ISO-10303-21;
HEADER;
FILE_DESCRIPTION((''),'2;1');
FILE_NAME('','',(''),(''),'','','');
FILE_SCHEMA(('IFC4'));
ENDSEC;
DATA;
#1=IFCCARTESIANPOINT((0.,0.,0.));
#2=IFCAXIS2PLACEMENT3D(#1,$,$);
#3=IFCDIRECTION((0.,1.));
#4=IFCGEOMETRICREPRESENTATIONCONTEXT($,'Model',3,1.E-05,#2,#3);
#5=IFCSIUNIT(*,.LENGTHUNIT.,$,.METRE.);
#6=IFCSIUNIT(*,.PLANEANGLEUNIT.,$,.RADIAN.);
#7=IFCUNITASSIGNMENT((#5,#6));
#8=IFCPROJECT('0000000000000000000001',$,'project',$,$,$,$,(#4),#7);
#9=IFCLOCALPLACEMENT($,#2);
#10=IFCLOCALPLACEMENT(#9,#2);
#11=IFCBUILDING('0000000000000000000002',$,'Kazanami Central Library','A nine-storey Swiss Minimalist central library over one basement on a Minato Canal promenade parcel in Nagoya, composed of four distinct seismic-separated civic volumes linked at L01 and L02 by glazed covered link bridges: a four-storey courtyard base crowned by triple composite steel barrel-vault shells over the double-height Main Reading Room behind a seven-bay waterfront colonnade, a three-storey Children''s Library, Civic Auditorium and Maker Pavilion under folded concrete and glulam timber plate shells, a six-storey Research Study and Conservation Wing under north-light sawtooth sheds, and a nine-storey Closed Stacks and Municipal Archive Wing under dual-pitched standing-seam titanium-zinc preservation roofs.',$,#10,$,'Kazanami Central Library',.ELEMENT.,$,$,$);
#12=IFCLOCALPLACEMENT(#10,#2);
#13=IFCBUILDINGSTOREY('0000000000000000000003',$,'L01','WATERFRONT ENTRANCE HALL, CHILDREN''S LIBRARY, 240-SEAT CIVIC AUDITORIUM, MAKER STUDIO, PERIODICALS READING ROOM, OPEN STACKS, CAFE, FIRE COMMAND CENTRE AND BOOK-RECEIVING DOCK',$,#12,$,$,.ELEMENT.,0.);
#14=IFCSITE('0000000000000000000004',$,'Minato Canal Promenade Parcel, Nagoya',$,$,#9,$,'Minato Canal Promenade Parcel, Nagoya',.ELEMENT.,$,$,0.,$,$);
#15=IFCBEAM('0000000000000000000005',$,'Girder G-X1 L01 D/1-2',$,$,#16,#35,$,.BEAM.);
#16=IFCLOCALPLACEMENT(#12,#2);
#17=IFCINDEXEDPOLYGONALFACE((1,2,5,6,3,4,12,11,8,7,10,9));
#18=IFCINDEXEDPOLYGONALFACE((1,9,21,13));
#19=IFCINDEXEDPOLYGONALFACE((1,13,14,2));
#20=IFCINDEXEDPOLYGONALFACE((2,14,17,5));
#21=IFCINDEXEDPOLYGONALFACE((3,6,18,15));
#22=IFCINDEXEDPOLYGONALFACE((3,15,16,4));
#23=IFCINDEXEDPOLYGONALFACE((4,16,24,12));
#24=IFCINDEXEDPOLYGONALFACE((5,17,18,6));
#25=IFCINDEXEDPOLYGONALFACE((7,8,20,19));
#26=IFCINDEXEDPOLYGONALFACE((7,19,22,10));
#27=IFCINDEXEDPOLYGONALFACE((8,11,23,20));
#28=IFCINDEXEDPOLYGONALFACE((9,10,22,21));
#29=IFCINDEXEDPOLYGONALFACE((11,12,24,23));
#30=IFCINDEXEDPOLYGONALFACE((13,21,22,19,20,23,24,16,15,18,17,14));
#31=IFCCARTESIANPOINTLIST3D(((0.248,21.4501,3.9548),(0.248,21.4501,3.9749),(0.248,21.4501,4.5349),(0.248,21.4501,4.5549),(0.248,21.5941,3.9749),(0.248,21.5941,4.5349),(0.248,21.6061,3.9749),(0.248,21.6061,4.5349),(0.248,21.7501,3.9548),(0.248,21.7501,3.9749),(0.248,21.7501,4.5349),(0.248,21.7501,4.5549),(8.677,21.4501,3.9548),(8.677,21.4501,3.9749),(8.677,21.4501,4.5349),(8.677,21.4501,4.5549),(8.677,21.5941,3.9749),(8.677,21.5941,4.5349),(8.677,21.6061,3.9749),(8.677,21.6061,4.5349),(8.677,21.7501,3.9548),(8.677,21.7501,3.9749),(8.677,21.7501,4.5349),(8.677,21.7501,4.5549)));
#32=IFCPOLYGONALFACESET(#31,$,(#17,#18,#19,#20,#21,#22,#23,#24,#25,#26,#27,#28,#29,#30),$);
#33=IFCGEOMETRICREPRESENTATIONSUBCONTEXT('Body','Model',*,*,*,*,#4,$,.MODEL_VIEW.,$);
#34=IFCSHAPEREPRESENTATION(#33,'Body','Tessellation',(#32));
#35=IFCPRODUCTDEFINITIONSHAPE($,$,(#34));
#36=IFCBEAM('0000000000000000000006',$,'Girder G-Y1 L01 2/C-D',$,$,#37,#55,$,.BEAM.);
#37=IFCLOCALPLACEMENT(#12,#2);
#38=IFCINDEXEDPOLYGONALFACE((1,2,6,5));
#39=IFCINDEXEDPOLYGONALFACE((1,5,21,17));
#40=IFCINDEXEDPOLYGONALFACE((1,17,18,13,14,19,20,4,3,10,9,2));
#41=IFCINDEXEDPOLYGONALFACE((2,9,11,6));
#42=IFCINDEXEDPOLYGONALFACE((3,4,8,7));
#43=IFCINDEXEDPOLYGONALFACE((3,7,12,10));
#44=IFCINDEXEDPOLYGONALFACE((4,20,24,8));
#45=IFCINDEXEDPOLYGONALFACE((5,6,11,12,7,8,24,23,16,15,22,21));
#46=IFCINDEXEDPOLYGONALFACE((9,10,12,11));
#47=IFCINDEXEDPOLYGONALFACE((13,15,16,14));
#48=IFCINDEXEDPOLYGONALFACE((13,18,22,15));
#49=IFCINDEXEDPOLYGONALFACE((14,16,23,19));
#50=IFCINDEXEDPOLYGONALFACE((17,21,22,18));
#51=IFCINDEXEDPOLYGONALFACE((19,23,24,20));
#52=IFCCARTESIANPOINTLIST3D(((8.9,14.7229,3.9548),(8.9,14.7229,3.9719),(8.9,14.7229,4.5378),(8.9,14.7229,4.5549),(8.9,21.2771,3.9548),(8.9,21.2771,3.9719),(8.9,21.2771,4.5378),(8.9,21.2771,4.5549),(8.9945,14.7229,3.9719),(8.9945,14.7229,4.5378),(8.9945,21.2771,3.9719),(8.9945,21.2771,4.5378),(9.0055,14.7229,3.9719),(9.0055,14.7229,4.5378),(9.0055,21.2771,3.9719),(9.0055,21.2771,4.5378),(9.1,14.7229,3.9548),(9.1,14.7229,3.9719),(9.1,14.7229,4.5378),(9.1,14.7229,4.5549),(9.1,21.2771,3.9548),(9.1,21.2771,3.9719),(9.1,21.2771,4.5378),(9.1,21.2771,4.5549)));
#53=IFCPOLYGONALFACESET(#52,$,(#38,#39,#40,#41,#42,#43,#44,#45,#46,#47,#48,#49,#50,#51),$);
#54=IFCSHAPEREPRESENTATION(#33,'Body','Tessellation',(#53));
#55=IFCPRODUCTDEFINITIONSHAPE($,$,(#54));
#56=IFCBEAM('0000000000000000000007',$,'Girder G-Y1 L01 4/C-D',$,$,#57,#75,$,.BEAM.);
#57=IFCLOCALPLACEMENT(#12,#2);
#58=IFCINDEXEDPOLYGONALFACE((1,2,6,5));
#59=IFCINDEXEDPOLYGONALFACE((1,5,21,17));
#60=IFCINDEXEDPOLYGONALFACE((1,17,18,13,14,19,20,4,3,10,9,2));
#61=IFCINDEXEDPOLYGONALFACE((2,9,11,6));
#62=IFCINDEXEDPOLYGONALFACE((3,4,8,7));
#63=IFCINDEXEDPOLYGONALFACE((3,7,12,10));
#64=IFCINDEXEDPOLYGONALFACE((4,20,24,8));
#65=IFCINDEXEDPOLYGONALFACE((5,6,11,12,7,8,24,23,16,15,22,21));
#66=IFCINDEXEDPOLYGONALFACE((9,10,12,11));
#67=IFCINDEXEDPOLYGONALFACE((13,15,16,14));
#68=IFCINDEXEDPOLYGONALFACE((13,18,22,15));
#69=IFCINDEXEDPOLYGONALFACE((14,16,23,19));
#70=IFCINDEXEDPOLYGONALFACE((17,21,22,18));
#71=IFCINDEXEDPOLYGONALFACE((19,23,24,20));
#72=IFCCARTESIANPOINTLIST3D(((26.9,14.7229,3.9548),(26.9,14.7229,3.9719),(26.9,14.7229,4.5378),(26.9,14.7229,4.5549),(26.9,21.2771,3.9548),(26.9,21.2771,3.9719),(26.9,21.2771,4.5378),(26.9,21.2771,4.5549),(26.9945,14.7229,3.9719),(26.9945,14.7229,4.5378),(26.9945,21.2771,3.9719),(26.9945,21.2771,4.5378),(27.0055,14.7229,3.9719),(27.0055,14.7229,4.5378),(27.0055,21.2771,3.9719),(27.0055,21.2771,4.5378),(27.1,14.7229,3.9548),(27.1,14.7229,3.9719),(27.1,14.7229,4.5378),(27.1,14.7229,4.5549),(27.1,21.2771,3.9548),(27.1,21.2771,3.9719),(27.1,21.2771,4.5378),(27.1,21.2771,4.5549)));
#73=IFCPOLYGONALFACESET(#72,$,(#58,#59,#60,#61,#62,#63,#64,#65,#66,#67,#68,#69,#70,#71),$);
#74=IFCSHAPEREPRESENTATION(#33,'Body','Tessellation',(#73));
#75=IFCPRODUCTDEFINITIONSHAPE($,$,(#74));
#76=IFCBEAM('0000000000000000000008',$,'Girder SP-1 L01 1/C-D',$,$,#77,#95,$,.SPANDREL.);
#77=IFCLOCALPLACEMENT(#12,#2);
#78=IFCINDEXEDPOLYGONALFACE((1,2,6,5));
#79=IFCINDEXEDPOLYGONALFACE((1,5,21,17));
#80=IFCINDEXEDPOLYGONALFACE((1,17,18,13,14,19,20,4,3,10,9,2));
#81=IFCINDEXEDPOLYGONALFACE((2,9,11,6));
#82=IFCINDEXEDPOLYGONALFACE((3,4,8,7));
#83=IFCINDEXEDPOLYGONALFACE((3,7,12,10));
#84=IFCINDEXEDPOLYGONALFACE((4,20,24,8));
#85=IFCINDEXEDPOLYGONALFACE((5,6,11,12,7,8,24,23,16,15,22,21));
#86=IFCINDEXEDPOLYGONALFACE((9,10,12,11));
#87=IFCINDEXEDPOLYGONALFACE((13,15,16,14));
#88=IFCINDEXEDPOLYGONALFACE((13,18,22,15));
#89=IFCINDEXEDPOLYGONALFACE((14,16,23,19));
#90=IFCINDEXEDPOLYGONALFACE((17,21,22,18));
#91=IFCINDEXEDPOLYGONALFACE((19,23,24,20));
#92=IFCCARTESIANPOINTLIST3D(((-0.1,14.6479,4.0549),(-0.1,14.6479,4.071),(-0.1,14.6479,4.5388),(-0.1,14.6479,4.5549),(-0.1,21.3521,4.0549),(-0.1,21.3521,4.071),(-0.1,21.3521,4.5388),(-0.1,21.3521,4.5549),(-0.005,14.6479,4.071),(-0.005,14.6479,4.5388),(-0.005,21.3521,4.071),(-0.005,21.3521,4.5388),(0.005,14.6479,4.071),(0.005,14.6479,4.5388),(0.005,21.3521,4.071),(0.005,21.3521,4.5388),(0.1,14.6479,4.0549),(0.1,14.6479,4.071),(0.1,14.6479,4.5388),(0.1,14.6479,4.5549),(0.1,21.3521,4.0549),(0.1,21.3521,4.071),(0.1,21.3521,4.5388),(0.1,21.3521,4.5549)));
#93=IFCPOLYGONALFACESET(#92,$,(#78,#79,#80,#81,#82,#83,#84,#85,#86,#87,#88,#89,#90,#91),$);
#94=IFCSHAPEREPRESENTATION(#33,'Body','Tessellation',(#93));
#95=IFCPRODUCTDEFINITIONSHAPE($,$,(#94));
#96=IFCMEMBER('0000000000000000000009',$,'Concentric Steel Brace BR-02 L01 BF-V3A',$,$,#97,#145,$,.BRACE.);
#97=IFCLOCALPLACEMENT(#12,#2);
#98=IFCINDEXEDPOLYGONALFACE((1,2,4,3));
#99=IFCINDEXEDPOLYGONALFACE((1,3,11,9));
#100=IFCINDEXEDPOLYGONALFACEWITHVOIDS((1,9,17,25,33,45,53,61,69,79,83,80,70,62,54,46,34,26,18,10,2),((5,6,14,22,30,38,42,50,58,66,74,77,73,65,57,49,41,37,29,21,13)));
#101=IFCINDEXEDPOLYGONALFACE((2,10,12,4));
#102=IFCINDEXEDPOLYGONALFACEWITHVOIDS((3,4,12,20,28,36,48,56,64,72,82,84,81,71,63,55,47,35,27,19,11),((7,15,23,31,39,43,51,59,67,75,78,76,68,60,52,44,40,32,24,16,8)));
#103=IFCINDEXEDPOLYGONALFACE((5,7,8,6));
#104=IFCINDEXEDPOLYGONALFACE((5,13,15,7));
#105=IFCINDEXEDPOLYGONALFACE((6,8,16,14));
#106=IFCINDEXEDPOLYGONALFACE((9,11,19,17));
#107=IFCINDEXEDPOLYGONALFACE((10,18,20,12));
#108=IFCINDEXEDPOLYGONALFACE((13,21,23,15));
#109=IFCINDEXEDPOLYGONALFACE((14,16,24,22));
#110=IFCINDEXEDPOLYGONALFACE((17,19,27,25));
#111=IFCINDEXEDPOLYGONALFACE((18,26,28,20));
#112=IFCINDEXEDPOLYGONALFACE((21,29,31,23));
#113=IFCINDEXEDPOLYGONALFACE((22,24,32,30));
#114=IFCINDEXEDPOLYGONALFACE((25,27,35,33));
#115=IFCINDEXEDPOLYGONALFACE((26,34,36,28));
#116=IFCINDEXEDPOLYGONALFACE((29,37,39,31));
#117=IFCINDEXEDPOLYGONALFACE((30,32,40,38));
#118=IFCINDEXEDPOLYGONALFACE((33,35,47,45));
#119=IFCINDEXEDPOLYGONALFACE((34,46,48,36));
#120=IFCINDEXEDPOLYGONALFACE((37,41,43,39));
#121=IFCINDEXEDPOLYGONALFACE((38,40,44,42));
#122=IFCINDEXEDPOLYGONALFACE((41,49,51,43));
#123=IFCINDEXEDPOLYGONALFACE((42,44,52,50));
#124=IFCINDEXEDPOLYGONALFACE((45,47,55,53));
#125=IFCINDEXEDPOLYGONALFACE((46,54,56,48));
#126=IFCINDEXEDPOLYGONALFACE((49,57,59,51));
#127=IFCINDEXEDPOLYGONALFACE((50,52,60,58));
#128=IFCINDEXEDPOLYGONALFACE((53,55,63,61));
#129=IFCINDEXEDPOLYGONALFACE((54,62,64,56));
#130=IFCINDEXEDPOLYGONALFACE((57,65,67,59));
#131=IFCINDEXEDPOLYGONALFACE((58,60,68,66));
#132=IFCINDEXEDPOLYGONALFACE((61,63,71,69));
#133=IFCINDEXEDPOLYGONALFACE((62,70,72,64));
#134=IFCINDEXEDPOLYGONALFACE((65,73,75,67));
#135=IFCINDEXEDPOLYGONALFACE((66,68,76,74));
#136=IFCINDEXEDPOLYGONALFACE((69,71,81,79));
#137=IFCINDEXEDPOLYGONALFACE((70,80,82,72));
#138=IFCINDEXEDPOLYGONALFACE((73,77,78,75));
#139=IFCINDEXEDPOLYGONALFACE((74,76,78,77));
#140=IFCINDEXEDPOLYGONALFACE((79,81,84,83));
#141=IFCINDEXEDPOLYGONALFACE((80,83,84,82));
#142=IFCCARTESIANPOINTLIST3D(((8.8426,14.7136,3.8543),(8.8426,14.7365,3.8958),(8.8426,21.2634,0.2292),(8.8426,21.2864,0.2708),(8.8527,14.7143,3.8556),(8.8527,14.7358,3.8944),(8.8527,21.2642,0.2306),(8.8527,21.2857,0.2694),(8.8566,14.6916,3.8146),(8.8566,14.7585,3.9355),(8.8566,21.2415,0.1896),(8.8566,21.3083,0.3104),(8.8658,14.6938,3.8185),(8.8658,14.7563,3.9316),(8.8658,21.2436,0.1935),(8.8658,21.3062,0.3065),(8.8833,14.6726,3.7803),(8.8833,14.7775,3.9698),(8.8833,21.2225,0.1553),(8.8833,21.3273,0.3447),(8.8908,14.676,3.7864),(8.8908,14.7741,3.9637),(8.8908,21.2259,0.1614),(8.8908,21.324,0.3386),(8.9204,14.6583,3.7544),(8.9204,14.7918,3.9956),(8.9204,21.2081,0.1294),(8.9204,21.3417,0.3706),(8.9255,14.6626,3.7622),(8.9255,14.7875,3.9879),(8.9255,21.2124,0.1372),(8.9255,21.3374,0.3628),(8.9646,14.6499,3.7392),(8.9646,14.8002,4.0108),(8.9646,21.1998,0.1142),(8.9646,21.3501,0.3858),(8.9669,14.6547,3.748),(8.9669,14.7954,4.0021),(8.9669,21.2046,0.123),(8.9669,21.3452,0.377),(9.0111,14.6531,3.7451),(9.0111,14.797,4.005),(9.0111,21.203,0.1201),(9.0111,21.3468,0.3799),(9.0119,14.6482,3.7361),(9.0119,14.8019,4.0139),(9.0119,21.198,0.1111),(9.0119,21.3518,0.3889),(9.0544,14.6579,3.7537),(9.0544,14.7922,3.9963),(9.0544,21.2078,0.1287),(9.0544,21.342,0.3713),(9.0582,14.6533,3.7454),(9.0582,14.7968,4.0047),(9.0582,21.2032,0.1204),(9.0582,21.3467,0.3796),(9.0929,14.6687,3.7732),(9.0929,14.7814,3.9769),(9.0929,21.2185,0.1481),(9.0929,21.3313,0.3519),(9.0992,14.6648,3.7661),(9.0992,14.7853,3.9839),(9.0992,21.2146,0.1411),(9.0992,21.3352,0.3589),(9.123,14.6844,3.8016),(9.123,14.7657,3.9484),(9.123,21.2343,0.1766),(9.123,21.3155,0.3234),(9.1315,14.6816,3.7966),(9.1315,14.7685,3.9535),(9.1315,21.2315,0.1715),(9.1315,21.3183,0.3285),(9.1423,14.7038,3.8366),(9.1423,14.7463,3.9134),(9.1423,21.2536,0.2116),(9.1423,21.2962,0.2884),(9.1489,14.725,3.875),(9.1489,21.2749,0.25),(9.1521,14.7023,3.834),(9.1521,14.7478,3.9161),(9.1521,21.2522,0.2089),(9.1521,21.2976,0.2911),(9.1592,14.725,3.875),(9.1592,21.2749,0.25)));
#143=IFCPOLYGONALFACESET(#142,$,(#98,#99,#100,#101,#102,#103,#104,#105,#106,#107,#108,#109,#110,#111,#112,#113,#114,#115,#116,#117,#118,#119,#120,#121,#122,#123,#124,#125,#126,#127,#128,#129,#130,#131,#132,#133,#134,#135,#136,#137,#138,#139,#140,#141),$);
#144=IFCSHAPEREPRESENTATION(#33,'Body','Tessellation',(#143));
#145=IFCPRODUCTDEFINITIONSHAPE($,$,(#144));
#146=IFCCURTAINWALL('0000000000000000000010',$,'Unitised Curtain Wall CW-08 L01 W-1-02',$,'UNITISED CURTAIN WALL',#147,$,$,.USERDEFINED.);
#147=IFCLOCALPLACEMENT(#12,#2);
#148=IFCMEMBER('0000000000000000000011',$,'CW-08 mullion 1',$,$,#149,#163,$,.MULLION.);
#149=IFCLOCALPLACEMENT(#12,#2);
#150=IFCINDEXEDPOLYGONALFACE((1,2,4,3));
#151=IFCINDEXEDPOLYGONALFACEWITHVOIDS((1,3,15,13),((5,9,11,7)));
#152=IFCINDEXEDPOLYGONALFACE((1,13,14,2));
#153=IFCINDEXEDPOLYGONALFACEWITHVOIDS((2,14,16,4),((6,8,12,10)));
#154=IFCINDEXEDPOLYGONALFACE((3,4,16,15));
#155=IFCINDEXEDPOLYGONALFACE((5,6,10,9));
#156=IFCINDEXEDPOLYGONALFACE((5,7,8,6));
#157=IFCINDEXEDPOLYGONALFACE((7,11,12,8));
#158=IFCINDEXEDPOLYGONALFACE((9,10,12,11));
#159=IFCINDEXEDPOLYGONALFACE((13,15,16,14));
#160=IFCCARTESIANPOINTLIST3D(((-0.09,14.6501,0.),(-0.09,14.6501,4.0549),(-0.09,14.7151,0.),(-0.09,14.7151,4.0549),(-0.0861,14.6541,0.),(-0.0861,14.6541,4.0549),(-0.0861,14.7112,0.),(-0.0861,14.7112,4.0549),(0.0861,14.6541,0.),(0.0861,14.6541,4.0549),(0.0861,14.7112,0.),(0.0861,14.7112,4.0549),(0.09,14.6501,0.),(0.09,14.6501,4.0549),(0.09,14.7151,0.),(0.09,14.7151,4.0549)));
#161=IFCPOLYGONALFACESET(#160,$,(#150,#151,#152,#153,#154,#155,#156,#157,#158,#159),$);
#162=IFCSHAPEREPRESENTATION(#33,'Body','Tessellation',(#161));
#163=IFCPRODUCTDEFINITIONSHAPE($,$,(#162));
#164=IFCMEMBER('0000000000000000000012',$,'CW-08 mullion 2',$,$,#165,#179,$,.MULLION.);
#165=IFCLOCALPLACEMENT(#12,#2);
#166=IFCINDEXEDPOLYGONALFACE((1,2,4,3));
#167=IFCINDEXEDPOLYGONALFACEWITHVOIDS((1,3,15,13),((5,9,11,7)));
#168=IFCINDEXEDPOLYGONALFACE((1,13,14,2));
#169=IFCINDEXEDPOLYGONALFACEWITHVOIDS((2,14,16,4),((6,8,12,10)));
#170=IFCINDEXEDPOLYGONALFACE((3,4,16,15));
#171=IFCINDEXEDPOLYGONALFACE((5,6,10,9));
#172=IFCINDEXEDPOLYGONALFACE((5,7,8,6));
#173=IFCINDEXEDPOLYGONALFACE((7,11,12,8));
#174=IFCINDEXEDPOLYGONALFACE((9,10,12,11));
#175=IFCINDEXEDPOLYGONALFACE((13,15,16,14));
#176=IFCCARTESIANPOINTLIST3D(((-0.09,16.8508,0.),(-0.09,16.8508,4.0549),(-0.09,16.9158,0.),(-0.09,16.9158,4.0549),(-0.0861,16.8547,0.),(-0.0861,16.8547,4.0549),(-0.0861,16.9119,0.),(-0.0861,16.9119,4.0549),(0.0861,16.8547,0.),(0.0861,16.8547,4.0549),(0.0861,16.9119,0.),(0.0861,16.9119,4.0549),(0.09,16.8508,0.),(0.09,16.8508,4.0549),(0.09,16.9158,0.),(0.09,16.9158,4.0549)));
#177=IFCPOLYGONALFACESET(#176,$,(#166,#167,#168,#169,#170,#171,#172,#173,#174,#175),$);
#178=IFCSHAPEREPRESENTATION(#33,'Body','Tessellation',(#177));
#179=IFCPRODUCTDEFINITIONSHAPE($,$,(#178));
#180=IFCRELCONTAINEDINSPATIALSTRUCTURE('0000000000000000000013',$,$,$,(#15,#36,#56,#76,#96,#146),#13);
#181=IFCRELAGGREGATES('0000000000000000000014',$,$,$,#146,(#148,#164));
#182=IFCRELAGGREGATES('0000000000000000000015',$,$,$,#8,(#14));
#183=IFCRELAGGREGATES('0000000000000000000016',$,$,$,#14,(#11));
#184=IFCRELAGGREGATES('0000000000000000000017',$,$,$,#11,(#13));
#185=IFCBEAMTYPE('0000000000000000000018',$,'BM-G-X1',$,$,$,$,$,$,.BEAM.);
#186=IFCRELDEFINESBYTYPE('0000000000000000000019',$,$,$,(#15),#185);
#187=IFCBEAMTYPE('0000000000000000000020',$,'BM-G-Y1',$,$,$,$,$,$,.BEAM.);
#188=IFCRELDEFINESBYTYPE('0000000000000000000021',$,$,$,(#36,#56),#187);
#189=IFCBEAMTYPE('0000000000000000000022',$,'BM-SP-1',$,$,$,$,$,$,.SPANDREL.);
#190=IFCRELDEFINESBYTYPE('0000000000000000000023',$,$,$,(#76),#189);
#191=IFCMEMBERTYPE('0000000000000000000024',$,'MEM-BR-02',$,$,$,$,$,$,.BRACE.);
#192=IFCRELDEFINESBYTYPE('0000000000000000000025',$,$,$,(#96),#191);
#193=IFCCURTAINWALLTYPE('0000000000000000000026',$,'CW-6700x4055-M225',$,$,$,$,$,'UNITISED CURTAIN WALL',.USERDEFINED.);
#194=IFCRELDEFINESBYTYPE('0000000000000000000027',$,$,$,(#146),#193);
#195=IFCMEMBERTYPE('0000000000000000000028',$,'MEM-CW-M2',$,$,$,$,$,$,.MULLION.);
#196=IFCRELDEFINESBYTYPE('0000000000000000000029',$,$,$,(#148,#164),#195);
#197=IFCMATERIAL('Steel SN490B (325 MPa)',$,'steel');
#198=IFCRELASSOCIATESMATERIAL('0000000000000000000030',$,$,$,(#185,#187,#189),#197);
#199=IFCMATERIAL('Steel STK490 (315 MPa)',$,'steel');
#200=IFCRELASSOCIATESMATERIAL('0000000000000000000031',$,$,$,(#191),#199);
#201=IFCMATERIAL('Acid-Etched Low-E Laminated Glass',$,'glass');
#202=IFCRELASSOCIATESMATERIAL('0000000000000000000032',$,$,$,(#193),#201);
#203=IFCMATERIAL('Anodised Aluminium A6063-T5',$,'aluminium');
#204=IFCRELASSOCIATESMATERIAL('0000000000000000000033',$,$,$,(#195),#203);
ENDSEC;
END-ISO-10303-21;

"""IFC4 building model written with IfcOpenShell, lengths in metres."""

from ifc_helpers import new_model, si_unit, direction, frame, origin, origin_2d, place, context, subcontext, project, spatial, hollow_rectangle, hollow_circle, i_section, extrude, material, material_profile, profile_set, type_object, element, aggregate, save


model = new_model("IFC4")

# Units and contexts
model_context = context("Model", 3, precision=1e-05, world=origin(), true_north=direction((0.0, 1.0)))
body_context = subcontext(model_context, "Body", "Model", "MODEL_VIEW")
ifc_project = project(units=[si_unit("LENGTHUNIT", "METRE"), si_unit("PLANEANGLEUNIT", "RADIAN")], contexts=[model_context])

# Site, building, storey
site_placement = place(None, origin())
site = spatial("IfcSite", under=ifc_project, at=site_placement, Name="Minato Canal Promenade Parcel, Nagoya", LongName="Minato Canal Promenade Parcel, Nagoya", CompositionType="ELEMENT", RefElevation=0.0)
building_placement = place(site_placement, origin())
building = spatial("IfcBuilding", under=site, at=building_placement, Name="Kazanami Central Library", Description="A nine-storey Swiss Minimalist central library over one basement on a Minato Canal promenade parcel in Nagoya, composed of four distinct seismic-separated civic volumes linked at L01 and L02 by glazed covered link bridges: a four-storey courtyard base crowned by triple composite steel barrel-vault shells over the double-height Main Reading Room behind a seven-bay waterfront colonnade, a three-storey Children's Library, Civic Auditorium and Maker Pavilion under folded concrete and glulam timber plate shells, a six-storey Research Study and Conservation Wing under north-light sawtooth sheds, and a nine-storey Closed Stacks and Municipal Archive Wing under dual-pitched standing-seam titanium-zinc preservation roofs.", LongName="Kazanami Central Library", CompositionType="ELEMENT")
storey_placement = place(building_placement, origin())
storey = spatial("IfcBuildingStorey", under=building, at=storey_placement, Name="L01", Description="WATERFRONT ENTRANCE HALL, CHILDREN'S LIBRARY, 240-SEAT CIVIC AUDITORIUM, MAKER STUDIO, PERIODICALS READING ROOM, OPEN STACKS, CAFE, FIRE COMMAND CENTRE AND BOOK-RECEIVING DOCK", CompositionType="ELEMENT", Elevation=0.0)

# Beams
ifc_material_1 = material(Name="Steel SN490B (325 MPa)", Category="steel")
ifc_material_profile_1 = material_profile(ifc_material_1, i_section(OverallWidth=0.3, OverallDepth=0.6001, WebThickness=0.012, FlangeThickness=0.02, at=origin_2d()), Name="H-600x300x12x20")
ifc_profile_set_1 = profile_set([ifc_material_profile_1], Name="Steel SN490B (325 MPa)")
beam_type_1 = type_object("IfcBeamType", Name="BM-G-X1", PredefinedType="BEAM", material=ifc_profile_set_1)
for number, where, z_axis, x_axis, name in (
    (1, (0.248, 21.6001, 4.2549), (1.0, 0.0, 0.0), (0.0, 1.0, 0.0), "Girder G-X1 L01 D/1-2"),
):
    element("IfcBeam", number, at=place(storey_placement, frame(where, z_axis=z_axis, x_axis=x_axis)), inside=storey, type_object=beam_type_1, Name=name, PredefinedType="BEAM", context=body_context, shape_type="SweptSolid", body=[
        extrude(i_section(OverallWidth=0.3, OverallDepth=0.6001, WebThickness=0.012, FlangeThickness=0.02, at=origin_2d()), origin(), (0.0, 0.0, 1.0), 8.429),
    ])
ifc_material_profile_2 = material_profile(ifc_material_1, i_section(OverallWidth=0.2, OverallDepth=0.6001, WebThickness=0.011, FlangeThickness=0.0171, at=origin_2d()), Name="H-600x200x11x17")
ifc_profile_set_2 = profile_set([ifc_material_profile_2], Name="Steel SN490B (325 MPa)")
beam_type_2 = type_object("IfcBeamType", Name="BM-G-Y1", PredefinedType="BEAM", material=ifc_profile_set_2)
for number, where, z_axis, x_axis, name in (
    (2, (9.0, 14.7229, 4.2549), (0.0, 1.0, 0.0), (-1.0, 0.0, 0.0), "Girder G-Y1 L01 2/C-D"),
    (3, (27.0, 14.7229, 4.2549), (0.0, 1.0, 0.0), (-1.0, 0.0, 0.0), "Girder G-Y1 L01 4/C-D"),
):
    element("IfcBeam", number, at=place(storey_placement, frame(where, z_axis=z_axis, x_axis=x_axis)), inside=storey, type_object=beam_type_2, Name=name, PredefinedType="BEAM", context=body_context, shape_type="SweptSolid", body=[
        extrude(i_section(OverallWidth=0.2, OverallDepth=0.6001, WebThickness=0.011, FlangeThickness=0.0171, at=origin_2d()), origin(), (0.0, 0.0, 1.0), 6.5542),
    ])
ifc_material_profile_3 = material_profile(ifc_material_1, i_section(OverallWidth=0.2, OverallDepth=0.5, WebThickness=0.01, FlangeThickness=0.0161, at=origin_2d()), Name="H-500x200x10x16")
ifc_profile_set_3 = profile_set([ifc_material_profile_3], Name="Steel SN490B (325 MPa)")
beam_type_3 = type_object("IfcBeamType", Name="BM-SP-1", PredefinedType="SPANDREL", material=ifc_profile_set_3)
beam_1_placement = place(storey_placement, frame((0.0, 14.6479, 4.3049), z_axis=(0.0, 1.0, 0.0), x_axis=(-1.0, 0.0, 0.0)))
element("IfcBeam", 4, at=beam_1_placement, inside=storey, type_object=beam_type_3, Name="Girder SP-1 L01 1/C-D", PredefinedType="SPANDREL", context=body_context, shape_type="SweptSolid", body=[
    extrude(i_section(OverallWidth=0.2, OverallDepth=0.5, WebThickness=0.01, FlangeThickness=0.0161, at=origin_2d()), origin(), (0.0, 0.0, 1.0), 6.7041),
])

# Member
ifc_material_2 = material(Name="Steel STK490 (315 MPa)", Category="steel")
ifc_material_profile_4 = material_profile(ifc_material_2, hollow_circle(Radius=0.1592, WallThickness=0.0103, at=origin_2d()), Name="CHS-318.5x10.3")
ifc_profile_set_4 = profile_set([ifc_material_profile_4], Name="Steel STK490 (315 MPa)")
member_type_1 = type_object("IfcMemberType", Name="MEM-BR-02", PredefinedType="BRACE", material=ifc_profile_set_4)
member_1_placement = place(storey_placement, frame((9.0, 21.2749, 0.25), z_axis=(0.0, -0.874938, 0.484236), x_axis=(1.0, 0.0, 0.0)))
element("IfcMember", 5, at=member_1_placement, inside=storey, type_object=member_type_1, Name="Concentric Steel Brace BR-02 L01 BF-V3A", PredefinedType="BRACE", context=body_context, shape_type="SweptSolid", body=[
    extrude(hollow_circle(Radius=0.1592, WallThickness=0.0103, at=origin_2d()), origin(), (0.0, 0.0, 1.0), 7.4861),
])

# Curtain wall, members
ifc_material_3 = material(Name="Acid-Etched Low-E Laminated Glass", Category="glass")
curtain_wall_type = type_object("IfcCurtainWallType", Name="CW-6700x4055-M225", ElementType="UNITISED CURTAIN WALL", PredefinedType="USERDEFINED", material=ifc_material_3)
curtain_wall_placement = place(storey_placement, origin())
curtain_wall = element("IfcCurtainWall", 6, at=curtain_wall_placement, inside=storey, type_object=curtain_wall_type, Name="Unitised Curtain Wall CW-08 L01 W-1-02", ObjectType="UNITISED CURTAIN WALL", PredefinedType="USERDEFINED")
ifc_material_4 = material(Name="Anodised Aluminium A6063-T5", Category="aluminium")
ifc_material_profile_5 = material_profile(ifc_material_4, hollow_rectangle(XDim=0.0649, YDim=0.1799, WallThickness=0.0039, at=origin_2d()), Name="ALU-MULL-65x180x4")
ifc_profile_set_5 = profile_set([ifc_material_profile_5], Name="Anodised Aluminium A6063-T5")
member_type_2 = type_object("IfcMemberType", Name="MEM-CW-M2", PredefinedType="MULLION", material=ifc_profile_set_5)
member_2_placement = place(storey_placement, frame((0.0, 14.6826, 0.0), z_axis=(0.0, 0.0, 1.0), x_axis=(0.0, 1.0, 0.0)))
member_2 = element("IfcMember", 7, at=member_2_placement, type_object=member_type_2, Name="CW-08 mullion 1", PredefinedType="MULLION", context=body_context, shape_type="SweptSolid", body=[
    extrude(hollow_rectangle(XDim=0.0649, YDim=0.1799, WallThickness=0.0039, at=origin_2d()), origin(), (0.0, 0.0, 1.0), 4.0549),
])
member_3_placement = place(storey_placement, frame((0.0, 16.8833, 0.0), z_axis=(0.0, 0.0, 1.0), x_axis=(0.0, 1.0, 0.0)))
member_3 = element("IfcMember", 8, at=member_3_placement, type_object=member_type_2, Name="CW-08 mullion 2", PredefinedType="MULLION", context=body_context, shape_type="SweptSolid", body=[
    extrude(hollow_rectangle(XDim=0.0649, YDim=0.1799, WallThickness=0.0039, at=origin_2d()), origin(), (0.0, 0.0, 1.0), 4.0549),
])
aggregate(curtain_wall, [member_2, member_3])

save(model, "model.ifc")
